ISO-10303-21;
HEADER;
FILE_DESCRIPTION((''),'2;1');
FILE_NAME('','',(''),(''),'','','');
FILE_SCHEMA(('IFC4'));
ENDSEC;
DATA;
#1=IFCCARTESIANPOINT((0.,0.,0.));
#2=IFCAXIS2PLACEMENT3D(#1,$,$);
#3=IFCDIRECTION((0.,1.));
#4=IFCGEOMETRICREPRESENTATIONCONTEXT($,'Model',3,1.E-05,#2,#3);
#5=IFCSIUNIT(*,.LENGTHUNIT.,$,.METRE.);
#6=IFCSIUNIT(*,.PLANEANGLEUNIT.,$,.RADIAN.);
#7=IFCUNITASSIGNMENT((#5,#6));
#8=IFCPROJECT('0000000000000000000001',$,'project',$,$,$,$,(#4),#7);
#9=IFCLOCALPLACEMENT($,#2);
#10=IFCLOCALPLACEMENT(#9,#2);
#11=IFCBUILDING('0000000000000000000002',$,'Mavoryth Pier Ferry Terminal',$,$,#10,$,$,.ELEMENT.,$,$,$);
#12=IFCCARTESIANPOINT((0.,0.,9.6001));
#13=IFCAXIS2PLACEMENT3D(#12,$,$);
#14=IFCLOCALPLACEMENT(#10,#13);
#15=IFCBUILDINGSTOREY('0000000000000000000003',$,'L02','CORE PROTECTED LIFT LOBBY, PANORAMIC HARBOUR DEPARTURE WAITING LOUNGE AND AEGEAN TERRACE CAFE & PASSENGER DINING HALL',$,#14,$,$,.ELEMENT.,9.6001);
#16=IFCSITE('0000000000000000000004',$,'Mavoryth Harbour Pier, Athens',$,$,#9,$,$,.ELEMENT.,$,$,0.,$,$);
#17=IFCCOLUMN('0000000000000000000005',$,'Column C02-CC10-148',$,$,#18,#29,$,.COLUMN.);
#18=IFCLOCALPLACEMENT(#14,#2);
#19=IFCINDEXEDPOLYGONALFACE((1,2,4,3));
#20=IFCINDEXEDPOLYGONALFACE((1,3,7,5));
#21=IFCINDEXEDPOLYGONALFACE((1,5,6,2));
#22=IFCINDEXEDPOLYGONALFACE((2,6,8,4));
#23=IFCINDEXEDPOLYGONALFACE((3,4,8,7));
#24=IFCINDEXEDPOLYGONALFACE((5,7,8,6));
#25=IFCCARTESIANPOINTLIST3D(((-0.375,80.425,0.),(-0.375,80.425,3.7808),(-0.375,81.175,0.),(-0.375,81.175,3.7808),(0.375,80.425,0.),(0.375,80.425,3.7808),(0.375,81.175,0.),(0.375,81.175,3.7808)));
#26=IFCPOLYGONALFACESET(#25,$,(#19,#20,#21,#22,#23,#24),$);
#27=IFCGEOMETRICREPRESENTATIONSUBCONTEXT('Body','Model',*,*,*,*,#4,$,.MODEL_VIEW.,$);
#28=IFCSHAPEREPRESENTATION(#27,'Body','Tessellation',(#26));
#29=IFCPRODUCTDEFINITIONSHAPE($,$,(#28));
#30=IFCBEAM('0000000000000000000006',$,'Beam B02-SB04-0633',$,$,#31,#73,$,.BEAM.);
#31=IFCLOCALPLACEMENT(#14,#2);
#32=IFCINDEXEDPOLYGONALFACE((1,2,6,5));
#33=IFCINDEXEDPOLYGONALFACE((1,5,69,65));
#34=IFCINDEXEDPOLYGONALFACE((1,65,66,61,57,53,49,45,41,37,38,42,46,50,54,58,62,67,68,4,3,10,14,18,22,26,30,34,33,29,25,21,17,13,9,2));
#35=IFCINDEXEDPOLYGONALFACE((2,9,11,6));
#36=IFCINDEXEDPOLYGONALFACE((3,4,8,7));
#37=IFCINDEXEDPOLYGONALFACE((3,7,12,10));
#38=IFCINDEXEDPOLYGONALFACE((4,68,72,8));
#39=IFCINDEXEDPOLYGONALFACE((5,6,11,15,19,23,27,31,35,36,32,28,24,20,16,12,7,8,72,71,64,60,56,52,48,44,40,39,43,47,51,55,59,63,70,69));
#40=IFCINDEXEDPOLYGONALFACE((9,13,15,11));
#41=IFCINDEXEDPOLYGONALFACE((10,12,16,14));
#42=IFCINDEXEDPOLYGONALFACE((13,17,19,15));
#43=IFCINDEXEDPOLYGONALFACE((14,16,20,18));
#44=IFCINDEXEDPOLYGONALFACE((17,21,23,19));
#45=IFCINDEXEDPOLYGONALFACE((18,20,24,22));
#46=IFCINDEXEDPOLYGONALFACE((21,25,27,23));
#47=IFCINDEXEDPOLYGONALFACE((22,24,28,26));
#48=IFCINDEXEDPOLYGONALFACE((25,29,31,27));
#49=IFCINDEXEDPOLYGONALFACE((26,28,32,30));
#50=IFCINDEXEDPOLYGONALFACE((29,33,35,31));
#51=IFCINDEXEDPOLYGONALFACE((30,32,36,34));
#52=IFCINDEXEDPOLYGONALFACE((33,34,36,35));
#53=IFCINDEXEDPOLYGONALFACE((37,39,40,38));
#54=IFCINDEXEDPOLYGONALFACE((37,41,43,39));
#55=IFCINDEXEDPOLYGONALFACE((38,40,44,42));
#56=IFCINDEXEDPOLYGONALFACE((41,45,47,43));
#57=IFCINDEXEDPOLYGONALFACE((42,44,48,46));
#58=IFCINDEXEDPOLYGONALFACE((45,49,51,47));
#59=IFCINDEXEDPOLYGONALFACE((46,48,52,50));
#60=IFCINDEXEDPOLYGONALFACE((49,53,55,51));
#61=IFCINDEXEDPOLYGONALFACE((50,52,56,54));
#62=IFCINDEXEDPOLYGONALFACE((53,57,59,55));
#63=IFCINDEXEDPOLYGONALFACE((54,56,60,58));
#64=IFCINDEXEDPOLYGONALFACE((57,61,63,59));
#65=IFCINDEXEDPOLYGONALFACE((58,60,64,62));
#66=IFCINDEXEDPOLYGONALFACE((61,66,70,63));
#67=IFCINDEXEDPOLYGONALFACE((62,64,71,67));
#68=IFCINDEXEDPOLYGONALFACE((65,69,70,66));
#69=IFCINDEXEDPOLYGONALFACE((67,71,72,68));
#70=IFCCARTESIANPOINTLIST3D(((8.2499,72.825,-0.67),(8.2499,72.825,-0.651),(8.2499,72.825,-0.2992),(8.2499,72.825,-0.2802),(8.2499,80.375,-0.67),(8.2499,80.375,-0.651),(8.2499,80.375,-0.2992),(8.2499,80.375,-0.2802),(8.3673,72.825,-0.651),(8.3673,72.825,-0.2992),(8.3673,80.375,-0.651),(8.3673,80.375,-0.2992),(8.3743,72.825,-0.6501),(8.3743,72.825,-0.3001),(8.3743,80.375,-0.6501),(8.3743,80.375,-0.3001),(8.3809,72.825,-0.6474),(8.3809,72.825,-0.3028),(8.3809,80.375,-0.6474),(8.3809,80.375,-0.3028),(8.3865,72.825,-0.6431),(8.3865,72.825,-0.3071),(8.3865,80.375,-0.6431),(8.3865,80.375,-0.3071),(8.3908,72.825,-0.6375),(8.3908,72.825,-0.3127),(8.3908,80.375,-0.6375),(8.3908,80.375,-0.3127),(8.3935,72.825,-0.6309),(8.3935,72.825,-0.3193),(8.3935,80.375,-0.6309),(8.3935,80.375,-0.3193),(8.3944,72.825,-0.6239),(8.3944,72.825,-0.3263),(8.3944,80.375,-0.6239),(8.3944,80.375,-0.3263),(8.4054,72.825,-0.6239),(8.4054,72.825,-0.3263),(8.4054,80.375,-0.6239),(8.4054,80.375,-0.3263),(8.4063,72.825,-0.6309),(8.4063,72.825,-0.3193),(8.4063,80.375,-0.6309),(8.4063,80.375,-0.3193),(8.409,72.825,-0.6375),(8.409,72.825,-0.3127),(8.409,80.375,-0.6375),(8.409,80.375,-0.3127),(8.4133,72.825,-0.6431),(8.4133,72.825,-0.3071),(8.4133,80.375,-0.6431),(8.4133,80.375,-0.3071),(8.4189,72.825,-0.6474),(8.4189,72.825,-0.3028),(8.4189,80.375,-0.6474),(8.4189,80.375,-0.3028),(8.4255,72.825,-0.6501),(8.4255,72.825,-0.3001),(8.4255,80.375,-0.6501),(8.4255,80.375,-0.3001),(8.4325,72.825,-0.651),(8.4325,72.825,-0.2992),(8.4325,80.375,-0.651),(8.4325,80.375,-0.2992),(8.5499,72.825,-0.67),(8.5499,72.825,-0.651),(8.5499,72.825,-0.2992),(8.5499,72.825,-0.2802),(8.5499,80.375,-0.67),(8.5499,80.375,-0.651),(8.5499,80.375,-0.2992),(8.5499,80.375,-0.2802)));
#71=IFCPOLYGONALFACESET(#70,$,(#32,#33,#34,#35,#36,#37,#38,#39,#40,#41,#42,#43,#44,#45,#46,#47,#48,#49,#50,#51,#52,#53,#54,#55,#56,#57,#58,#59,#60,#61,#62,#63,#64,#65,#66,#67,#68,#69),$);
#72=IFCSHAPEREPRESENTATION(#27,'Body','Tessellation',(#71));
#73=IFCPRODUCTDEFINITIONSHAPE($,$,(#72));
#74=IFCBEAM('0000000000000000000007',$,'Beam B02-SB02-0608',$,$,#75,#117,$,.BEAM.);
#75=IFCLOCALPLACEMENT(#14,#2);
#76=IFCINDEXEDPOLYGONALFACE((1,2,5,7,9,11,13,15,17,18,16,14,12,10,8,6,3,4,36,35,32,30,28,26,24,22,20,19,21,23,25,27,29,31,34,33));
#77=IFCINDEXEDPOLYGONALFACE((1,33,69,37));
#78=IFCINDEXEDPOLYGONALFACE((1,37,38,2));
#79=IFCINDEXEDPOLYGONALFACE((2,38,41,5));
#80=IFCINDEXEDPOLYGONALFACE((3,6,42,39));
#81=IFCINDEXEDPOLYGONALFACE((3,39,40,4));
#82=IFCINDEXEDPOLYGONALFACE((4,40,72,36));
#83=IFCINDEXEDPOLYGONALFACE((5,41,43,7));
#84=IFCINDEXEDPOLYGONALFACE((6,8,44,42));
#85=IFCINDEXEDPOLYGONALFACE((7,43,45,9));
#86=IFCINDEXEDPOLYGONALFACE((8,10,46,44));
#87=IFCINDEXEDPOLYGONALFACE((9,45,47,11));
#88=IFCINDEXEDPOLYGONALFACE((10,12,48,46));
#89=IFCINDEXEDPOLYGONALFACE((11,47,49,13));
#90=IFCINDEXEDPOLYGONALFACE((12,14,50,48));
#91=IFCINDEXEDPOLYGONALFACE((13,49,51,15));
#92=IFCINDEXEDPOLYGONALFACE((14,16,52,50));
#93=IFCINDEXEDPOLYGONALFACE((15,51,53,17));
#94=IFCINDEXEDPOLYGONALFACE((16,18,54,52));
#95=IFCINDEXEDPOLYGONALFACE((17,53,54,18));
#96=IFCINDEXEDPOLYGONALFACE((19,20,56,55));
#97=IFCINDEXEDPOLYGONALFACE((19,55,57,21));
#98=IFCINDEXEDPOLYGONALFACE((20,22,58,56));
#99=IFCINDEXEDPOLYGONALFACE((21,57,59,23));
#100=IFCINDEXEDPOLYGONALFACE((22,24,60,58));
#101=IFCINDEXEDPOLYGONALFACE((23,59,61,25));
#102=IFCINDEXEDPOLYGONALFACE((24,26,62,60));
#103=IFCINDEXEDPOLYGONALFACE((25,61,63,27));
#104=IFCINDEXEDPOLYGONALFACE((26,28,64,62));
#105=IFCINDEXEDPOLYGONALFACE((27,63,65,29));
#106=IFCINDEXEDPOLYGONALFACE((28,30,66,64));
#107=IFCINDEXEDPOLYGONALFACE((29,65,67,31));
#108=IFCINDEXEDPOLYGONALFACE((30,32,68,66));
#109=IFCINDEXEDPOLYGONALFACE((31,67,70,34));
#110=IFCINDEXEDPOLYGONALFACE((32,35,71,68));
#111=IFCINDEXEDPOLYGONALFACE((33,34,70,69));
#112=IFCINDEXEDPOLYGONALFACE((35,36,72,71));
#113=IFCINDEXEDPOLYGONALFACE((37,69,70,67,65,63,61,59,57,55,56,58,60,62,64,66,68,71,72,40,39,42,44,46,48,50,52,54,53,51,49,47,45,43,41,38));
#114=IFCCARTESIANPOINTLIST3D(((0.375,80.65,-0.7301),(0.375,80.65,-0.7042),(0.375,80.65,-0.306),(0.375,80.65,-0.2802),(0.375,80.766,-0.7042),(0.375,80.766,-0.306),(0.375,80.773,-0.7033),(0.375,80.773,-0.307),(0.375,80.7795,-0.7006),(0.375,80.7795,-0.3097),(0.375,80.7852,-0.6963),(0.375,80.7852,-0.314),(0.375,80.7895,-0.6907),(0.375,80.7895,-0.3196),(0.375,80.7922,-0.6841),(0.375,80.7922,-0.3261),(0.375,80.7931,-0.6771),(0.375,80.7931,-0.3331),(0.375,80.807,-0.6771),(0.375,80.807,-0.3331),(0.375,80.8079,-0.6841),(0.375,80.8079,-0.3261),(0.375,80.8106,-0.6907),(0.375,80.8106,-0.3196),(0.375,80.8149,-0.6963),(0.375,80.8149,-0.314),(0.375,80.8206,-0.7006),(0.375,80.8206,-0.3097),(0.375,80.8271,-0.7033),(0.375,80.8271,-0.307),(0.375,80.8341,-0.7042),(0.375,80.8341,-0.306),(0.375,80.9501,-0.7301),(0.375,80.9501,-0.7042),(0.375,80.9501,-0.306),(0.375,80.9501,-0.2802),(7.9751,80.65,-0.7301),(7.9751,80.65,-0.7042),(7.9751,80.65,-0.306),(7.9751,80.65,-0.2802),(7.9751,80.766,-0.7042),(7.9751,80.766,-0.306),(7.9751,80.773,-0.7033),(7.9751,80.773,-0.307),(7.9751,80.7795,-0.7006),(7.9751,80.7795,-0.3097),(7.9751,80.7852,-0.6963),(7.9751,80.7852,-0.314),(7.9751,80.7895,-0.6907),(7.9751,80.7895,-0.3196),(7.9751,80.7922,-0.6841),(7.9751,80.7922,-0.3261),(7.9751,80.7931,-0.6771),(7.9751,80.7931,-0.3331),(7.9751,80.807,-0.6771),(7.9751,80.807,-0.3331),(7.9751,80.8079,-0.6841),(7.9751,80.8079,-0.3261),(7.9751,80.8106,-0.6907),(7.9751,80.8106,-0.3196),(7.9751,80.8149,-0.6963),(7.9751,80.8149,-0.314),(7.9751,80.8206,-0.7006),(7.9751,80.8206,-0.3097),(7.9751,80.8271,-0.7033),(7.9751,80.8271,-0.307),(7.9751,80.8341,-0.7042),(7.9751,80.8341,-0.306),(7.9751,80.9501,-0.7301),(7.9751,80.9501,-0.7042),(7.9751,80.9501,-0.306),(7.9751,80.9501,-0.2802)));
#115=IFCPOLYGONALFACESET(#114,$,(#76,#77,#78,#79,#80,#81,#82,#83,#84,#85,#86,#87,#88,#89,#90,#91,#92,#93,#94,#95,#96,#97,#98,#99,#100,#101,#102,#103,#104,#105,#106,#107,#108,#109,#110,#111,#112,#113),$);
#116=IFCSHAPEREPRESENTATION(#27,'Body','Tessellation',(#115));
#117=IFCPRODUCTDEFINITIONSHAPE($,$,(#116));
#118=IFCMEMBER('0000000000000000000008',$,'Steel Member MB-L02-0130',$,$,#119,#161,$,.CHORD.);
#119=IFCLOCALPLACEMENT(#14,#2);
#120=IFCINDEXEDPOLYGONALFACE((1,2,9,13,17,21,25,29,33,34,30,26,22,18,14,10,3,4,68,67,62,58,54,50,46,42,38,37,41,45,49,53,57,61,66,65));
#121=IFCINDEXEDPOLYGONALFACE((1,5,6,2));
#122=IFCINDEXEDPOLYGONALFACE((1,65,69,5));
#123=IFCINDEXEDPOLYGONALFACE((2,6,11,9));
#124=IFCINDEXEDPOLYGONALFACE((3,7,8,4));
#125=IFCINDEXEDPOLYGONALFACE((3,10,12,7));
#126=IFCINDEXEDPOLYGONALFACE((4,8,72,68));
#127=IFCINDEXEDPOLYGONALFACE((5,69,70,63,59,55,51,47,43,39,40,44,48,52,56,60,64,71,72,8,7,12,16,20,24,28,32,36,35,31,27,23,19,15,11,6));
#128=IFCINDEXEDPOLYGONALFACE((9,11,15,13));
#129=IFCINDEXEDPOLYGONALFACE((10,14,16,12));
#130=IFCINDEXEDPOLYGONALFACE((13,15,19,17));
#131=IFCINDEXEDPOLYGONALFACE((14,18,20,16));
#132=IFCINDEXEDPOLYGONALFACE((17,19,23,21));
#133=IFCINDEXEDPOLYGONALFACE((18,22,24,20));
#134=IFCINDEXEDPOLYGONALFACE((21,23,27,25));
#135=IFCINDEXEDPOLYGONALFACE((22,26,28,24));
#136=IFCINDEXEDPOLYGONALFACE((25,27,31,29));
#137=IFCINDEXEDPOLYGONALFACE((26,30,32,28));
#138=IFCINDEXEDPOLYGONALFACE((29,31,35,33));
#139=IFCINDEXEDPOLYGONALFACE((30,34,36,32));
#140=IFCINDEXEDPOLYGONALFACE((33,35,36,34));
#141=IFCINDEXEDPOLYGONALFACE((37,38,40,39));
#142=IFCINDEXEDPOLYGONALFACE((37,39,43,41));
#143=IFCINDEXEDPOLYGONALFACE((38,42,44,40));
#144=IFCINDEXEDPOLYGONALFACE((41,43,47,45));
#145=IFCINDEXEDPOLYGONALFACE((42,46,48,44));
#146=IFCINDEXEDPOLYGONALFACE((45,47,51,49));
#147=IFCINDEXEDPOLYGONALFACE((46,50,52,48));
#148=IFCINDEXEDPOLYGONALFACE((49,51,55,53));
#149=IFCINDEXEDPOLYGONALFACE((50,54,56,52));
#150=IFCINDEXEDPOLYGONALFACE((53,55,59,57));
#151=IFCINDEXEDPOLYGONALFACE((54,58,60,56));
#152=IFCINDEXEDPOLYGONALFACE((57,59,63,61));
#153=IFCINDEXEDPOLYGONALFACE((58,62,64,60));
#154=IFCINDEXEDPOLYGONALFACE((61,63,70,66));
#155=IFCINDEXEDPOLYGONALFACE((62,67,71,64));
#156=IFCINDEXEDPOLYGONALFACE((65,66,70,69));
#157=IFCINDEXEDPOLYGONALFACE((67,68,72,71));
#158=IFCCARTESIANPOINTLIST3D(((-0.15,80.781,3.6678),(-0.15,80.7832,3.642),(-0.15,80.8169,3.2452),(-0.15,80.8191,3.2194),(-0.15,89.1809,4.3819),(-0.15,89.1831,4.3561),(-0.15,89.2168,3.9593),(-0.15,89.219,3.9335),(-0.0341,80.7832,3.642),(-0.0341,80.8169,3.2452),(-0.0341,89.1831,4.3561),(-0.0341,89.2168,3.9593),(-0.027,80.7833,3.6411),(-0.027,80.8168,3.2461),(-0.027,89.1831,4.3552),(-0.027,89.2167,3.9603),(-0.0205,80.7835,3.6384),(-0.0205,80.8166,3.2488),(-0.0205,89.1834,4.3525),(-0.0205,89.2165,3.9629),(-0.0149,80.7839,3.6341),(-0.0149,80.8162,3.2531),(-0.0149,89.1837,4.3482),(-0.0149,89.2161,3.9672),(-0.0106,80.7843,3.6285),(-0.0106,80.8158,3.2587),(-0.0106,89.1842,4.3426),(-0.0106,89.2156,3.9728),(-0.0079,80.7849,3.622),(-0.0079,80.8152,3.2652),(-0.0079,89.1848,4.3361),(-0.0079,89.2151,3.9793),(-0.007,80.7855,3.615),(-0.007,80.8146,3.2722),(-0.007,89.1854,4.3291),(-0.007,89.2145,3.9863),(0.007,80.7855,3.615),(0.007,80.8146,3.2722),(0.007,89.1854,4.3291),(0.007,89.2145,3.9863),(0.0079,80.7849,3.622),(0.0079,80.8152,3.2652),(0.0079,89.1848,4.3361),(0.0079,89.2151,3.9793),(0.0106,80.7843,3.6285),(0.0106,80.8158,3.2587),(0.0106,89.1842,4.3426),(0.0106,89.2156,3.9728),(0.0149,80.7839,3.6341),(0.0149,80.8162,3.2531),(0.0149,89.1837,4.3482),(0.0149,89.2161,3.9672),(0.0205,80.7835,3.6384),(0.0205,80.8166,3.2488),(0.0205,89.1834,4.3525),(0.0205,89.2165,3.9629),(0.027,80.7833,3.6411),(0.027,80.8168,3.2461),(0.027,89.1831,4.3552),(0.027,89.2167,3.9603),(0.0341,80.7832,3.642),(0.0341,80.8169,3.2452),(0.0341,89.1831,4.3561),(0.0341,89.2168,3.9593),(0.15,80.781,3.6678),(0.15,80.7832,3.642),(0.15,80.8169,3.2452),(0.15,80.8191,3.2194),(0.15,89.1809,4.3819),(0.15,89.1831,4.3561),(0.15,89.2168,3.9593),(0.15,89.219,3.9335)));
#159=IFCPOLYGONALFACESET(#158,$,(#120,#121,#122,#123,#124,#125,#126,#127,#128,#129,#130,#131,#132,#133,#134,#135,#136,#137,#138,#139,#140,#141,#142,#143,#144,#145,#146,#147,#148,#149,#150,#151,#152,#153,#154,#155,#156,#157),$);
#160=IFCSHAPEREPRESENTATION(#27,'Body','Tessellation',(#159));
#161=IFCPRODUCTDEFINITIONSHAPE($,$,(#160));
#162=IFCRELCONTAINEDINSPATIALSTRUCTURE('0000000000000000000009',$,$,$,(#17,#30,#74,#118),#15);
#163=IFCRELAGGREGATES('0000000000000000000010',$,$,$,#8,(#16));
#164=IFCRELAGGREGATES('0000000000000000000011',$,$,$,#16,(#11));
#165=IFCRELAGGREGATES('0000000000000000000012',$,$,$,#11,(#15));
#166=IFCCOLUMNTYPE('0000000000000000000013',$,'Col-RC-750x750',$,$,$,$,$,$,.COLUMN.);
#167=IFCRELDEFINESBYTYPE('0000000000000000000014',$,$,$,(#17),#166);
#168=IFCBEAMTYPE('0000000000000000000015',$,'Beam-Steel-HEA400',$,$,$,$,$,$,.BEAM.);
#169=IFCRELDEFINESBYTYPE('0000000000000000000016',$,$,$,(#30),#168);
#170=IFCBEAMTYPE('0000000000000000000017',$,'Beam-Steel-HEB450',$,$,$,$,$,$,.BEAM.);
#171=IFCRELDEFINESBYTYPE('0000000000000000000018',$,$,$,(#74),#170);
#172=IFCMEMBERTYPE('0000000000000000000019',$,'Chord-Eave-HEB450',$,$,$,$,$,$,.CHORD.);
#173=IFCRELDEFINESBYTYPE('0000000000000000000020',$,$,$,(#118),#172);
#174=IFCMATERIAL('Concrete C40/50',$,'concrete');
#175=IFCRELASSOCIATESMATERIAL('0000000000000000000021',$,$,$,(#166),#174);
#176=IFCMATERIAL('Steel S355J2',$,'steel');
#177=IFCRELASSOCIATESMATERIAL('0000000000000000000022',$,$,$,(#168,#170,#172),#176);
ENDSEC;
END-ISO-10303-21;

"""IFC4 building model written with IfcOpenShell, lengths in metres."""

from ifc_helpers import new_model, si_unit, direction, frame, origin, origin_2d, place, context, subcontext, project, spatial, rectangle, i_section, extrude, material, material_profile, profile_set, type_object, element, save


model = new_model("IFC4")

# Units and contexts
model_context = context("Model", 3, precision=1e-05, world=origin(), true_north=direction((0.0, 1.0)))
body_context = subcontext(model_context, "Body", "Model", "MODEL_VIEW")
ifc_project = project(units=[si_unit("LENGTHUNIT", "METRE"), si_unit("PLANEANGLEUNIT", "RADIAN")], contexts=[model_context])

# Site, building, storey
site_placement = place(None, origin())
site = spatial("IfcSite", under=ifc_project, at=site_placement, Name="Mavoryth Harbour Pier, Athens", CompositionType="ELEMENT", RefElevation=0.0)
building_placement = place(site_placement, origin())
building = spatial("IfcBuilding", under=site, at=building_placement, Name="Mavoryth Pier Ferry Terminal", CompositionType="ELEMENT")
storey_placement = place(building_placement, frame((0.0, 0.0, 9.6001)))
storey = spatial("IfcBuildingStorey", under=building, at=storey_placement, Name="L02", Description="CORE PROTECTED LIFT LOBBY, PANORAMIC HARBOUR DEPARTURE WAITING LOUNGE AND AEGEAN TERRACE CAFE & PASSENGER DINING HALL", CompositionType="ELEMENT", Elevation=9.6001)

# Column
ifc_material_1 = material(Name="Concrete C40/50", Category="concrete")
ifc_material_profile_1 = material_profile(ifc_material_1, rectangle(XDim=0.75, YDim=0.75, at=origin_2d()), Name="RC 750x750", Category="concrete")
ifc_profile_set_1 = profile_set([ifc_material_profile_1], Name="Concrete C40/50 - RC 750x750")
column_type = type_object("IfcColumnType", Name="Col-RC-750x750", PredefinedType="COLUMN", material=ifc_profile_set_1)
column_placement = place(storey_placement, frame((0.0, 80.8, 0.0), z_axis=(0.0, 0.0, 1.0), x_axis=(1.0, 0.0, 0.0)))
element("IfcColumn", 1, at=column_placement, inside=storey, type_object=column_type, Name="Column C02-CC10-148", PredefinedType="COLUMN", context=body_context, shape_type="SweptSolid", body=[
    extrude(rectangle(XDim=0.75, YDim=0.75, at=origin_2d()), origin(), (0.0, 0.0, 1.0), 3.7808),
])

# Beams
ifc_material_2 = material(Name="Steel S355J2", Category="steel")
ifc_material_profile_2 = material_profile(ifc_material_2, i_section(OverallWidth=0.3, OverallDepth=0.3899, WebThickness=0.011, FlangeThickness=0.019, FilletRadius=0.0271, at=origin_2d()), Name="HEA 400", Category="steel")
ifc_profile_set_2 = profile_set([ifc_material_profile_2], Name="Steel S355J2 - HEA 400")
beam_type_1 = type_object("IfcBeamType", Name="Beam-Steel-HEA400", PredefinedType="BEAM", material=ifc_profile_set_2)
beam_1_placement = place(storey_placement, frame((8.3999, 72.825, -0.4751), z_axis=(0.0, 1.0, 0.0), x_axis=(-1.0, 0.0, 0.0)))
element("IfcBeam", 2, at=beam_1_placement, inside=storey, type_object=beam_type_1, Name="Beam B02-SB04-0633", PredefinedType="BEAM", context=body_context, shape_type="SweptSolid", body=[
    extrude(i_section(OverallWidth=0.3, OverallDepth=0.3899, WebThickness=0.011, FlangeThickness=0.019, FilletRadius=0.0271, at=origin_2d()), origin(), (0.0, 0.0, 1.0), 7.55),
])
ifc_material_profile_3 = material_profile(ifc_material_2, i_section(OverallWidth=0.3, OverallDepth=0.45, WebThickness=0.0139, FlangeThickness=0.0259, FilletRadius=0.0271, at=origin_2d()), Name="HEB 450", Category="steel")
ifc_profile_set_3 = profile_set([ifc_material_profile_3], Name="Steel S355J2 - HEB 450")
beam_type_2 = type_object("IfcBeamType", Name="Beam-Steel-HEB450", PredefinedType="BEAM", material=ifc_profile_set_3)
beam_2_placement = place(storey_placement, frame((0.375, 80.8, -0.5051), z_axis=(1.0, 0.0, 0.0), x_axis=(0.0, 1.0, 0.0)))
element("IfcBeam", 3, at=beam_2_placement, inside=storey, type_object=beam_type_2, Name="Beam B02-SB02-0608", PredefinedType="BEAM", context=body_context, shape_type="SweptSolid", body=[
    extrude(i_section(OverallWidth=0.3, OverallDepth=0.45, WebThickness=0.0139, FlangeThickness=0.0259, FilletRadius=0.0271, at=origin_2d()), origin(), (0.0, 0.0, 1.0), 7.6001),
])

# Member
ifc_material_profile_4 = material_profile(ifc_material_2, i_section(OverallWidth=0.3, OverallDepth=0.45, WebThickness=0.0139, FlangeThickness=0.0259, FilletRadius=0.0271, at=origin_2d()), Name="HEB 450", Category="steel")
ifc_profile_set_4 = profile_set([ifc_material_profile_4], Name="Steel S355J2 - HEB 450")
member_type_1 = type_object("IfcMemberType", Name="Chord-Eave-HEB450", PredefinedType="CHORD", material=ifc_profile_set_4)
member_1_placement = place(storey_placement, frame((0.0, 80.8, 3.4436), z_axis=(0.0, 0.996406, 0.084709), x_axis=(-1.0, 0.0, 0.0)))
element("IfcMember", 4, at=member_1_placement, inside=storey, type_object=member_type_1, Name="Steel Member MB-L02-0130", PredefinedType="CHORD", context=body_context, shape_type="SweptSolid", body=[
    extrude(i_section(OverallWidth=0.3, OverallDepth=0.45, WebThickness=0.0139, FlangeThickness=0.0259, FilletRadius=0.0271, at=origin_2d()), origin(), (0.0, 0.0, 1.0), 8.4302),
])

save(model, "model.ifc")
